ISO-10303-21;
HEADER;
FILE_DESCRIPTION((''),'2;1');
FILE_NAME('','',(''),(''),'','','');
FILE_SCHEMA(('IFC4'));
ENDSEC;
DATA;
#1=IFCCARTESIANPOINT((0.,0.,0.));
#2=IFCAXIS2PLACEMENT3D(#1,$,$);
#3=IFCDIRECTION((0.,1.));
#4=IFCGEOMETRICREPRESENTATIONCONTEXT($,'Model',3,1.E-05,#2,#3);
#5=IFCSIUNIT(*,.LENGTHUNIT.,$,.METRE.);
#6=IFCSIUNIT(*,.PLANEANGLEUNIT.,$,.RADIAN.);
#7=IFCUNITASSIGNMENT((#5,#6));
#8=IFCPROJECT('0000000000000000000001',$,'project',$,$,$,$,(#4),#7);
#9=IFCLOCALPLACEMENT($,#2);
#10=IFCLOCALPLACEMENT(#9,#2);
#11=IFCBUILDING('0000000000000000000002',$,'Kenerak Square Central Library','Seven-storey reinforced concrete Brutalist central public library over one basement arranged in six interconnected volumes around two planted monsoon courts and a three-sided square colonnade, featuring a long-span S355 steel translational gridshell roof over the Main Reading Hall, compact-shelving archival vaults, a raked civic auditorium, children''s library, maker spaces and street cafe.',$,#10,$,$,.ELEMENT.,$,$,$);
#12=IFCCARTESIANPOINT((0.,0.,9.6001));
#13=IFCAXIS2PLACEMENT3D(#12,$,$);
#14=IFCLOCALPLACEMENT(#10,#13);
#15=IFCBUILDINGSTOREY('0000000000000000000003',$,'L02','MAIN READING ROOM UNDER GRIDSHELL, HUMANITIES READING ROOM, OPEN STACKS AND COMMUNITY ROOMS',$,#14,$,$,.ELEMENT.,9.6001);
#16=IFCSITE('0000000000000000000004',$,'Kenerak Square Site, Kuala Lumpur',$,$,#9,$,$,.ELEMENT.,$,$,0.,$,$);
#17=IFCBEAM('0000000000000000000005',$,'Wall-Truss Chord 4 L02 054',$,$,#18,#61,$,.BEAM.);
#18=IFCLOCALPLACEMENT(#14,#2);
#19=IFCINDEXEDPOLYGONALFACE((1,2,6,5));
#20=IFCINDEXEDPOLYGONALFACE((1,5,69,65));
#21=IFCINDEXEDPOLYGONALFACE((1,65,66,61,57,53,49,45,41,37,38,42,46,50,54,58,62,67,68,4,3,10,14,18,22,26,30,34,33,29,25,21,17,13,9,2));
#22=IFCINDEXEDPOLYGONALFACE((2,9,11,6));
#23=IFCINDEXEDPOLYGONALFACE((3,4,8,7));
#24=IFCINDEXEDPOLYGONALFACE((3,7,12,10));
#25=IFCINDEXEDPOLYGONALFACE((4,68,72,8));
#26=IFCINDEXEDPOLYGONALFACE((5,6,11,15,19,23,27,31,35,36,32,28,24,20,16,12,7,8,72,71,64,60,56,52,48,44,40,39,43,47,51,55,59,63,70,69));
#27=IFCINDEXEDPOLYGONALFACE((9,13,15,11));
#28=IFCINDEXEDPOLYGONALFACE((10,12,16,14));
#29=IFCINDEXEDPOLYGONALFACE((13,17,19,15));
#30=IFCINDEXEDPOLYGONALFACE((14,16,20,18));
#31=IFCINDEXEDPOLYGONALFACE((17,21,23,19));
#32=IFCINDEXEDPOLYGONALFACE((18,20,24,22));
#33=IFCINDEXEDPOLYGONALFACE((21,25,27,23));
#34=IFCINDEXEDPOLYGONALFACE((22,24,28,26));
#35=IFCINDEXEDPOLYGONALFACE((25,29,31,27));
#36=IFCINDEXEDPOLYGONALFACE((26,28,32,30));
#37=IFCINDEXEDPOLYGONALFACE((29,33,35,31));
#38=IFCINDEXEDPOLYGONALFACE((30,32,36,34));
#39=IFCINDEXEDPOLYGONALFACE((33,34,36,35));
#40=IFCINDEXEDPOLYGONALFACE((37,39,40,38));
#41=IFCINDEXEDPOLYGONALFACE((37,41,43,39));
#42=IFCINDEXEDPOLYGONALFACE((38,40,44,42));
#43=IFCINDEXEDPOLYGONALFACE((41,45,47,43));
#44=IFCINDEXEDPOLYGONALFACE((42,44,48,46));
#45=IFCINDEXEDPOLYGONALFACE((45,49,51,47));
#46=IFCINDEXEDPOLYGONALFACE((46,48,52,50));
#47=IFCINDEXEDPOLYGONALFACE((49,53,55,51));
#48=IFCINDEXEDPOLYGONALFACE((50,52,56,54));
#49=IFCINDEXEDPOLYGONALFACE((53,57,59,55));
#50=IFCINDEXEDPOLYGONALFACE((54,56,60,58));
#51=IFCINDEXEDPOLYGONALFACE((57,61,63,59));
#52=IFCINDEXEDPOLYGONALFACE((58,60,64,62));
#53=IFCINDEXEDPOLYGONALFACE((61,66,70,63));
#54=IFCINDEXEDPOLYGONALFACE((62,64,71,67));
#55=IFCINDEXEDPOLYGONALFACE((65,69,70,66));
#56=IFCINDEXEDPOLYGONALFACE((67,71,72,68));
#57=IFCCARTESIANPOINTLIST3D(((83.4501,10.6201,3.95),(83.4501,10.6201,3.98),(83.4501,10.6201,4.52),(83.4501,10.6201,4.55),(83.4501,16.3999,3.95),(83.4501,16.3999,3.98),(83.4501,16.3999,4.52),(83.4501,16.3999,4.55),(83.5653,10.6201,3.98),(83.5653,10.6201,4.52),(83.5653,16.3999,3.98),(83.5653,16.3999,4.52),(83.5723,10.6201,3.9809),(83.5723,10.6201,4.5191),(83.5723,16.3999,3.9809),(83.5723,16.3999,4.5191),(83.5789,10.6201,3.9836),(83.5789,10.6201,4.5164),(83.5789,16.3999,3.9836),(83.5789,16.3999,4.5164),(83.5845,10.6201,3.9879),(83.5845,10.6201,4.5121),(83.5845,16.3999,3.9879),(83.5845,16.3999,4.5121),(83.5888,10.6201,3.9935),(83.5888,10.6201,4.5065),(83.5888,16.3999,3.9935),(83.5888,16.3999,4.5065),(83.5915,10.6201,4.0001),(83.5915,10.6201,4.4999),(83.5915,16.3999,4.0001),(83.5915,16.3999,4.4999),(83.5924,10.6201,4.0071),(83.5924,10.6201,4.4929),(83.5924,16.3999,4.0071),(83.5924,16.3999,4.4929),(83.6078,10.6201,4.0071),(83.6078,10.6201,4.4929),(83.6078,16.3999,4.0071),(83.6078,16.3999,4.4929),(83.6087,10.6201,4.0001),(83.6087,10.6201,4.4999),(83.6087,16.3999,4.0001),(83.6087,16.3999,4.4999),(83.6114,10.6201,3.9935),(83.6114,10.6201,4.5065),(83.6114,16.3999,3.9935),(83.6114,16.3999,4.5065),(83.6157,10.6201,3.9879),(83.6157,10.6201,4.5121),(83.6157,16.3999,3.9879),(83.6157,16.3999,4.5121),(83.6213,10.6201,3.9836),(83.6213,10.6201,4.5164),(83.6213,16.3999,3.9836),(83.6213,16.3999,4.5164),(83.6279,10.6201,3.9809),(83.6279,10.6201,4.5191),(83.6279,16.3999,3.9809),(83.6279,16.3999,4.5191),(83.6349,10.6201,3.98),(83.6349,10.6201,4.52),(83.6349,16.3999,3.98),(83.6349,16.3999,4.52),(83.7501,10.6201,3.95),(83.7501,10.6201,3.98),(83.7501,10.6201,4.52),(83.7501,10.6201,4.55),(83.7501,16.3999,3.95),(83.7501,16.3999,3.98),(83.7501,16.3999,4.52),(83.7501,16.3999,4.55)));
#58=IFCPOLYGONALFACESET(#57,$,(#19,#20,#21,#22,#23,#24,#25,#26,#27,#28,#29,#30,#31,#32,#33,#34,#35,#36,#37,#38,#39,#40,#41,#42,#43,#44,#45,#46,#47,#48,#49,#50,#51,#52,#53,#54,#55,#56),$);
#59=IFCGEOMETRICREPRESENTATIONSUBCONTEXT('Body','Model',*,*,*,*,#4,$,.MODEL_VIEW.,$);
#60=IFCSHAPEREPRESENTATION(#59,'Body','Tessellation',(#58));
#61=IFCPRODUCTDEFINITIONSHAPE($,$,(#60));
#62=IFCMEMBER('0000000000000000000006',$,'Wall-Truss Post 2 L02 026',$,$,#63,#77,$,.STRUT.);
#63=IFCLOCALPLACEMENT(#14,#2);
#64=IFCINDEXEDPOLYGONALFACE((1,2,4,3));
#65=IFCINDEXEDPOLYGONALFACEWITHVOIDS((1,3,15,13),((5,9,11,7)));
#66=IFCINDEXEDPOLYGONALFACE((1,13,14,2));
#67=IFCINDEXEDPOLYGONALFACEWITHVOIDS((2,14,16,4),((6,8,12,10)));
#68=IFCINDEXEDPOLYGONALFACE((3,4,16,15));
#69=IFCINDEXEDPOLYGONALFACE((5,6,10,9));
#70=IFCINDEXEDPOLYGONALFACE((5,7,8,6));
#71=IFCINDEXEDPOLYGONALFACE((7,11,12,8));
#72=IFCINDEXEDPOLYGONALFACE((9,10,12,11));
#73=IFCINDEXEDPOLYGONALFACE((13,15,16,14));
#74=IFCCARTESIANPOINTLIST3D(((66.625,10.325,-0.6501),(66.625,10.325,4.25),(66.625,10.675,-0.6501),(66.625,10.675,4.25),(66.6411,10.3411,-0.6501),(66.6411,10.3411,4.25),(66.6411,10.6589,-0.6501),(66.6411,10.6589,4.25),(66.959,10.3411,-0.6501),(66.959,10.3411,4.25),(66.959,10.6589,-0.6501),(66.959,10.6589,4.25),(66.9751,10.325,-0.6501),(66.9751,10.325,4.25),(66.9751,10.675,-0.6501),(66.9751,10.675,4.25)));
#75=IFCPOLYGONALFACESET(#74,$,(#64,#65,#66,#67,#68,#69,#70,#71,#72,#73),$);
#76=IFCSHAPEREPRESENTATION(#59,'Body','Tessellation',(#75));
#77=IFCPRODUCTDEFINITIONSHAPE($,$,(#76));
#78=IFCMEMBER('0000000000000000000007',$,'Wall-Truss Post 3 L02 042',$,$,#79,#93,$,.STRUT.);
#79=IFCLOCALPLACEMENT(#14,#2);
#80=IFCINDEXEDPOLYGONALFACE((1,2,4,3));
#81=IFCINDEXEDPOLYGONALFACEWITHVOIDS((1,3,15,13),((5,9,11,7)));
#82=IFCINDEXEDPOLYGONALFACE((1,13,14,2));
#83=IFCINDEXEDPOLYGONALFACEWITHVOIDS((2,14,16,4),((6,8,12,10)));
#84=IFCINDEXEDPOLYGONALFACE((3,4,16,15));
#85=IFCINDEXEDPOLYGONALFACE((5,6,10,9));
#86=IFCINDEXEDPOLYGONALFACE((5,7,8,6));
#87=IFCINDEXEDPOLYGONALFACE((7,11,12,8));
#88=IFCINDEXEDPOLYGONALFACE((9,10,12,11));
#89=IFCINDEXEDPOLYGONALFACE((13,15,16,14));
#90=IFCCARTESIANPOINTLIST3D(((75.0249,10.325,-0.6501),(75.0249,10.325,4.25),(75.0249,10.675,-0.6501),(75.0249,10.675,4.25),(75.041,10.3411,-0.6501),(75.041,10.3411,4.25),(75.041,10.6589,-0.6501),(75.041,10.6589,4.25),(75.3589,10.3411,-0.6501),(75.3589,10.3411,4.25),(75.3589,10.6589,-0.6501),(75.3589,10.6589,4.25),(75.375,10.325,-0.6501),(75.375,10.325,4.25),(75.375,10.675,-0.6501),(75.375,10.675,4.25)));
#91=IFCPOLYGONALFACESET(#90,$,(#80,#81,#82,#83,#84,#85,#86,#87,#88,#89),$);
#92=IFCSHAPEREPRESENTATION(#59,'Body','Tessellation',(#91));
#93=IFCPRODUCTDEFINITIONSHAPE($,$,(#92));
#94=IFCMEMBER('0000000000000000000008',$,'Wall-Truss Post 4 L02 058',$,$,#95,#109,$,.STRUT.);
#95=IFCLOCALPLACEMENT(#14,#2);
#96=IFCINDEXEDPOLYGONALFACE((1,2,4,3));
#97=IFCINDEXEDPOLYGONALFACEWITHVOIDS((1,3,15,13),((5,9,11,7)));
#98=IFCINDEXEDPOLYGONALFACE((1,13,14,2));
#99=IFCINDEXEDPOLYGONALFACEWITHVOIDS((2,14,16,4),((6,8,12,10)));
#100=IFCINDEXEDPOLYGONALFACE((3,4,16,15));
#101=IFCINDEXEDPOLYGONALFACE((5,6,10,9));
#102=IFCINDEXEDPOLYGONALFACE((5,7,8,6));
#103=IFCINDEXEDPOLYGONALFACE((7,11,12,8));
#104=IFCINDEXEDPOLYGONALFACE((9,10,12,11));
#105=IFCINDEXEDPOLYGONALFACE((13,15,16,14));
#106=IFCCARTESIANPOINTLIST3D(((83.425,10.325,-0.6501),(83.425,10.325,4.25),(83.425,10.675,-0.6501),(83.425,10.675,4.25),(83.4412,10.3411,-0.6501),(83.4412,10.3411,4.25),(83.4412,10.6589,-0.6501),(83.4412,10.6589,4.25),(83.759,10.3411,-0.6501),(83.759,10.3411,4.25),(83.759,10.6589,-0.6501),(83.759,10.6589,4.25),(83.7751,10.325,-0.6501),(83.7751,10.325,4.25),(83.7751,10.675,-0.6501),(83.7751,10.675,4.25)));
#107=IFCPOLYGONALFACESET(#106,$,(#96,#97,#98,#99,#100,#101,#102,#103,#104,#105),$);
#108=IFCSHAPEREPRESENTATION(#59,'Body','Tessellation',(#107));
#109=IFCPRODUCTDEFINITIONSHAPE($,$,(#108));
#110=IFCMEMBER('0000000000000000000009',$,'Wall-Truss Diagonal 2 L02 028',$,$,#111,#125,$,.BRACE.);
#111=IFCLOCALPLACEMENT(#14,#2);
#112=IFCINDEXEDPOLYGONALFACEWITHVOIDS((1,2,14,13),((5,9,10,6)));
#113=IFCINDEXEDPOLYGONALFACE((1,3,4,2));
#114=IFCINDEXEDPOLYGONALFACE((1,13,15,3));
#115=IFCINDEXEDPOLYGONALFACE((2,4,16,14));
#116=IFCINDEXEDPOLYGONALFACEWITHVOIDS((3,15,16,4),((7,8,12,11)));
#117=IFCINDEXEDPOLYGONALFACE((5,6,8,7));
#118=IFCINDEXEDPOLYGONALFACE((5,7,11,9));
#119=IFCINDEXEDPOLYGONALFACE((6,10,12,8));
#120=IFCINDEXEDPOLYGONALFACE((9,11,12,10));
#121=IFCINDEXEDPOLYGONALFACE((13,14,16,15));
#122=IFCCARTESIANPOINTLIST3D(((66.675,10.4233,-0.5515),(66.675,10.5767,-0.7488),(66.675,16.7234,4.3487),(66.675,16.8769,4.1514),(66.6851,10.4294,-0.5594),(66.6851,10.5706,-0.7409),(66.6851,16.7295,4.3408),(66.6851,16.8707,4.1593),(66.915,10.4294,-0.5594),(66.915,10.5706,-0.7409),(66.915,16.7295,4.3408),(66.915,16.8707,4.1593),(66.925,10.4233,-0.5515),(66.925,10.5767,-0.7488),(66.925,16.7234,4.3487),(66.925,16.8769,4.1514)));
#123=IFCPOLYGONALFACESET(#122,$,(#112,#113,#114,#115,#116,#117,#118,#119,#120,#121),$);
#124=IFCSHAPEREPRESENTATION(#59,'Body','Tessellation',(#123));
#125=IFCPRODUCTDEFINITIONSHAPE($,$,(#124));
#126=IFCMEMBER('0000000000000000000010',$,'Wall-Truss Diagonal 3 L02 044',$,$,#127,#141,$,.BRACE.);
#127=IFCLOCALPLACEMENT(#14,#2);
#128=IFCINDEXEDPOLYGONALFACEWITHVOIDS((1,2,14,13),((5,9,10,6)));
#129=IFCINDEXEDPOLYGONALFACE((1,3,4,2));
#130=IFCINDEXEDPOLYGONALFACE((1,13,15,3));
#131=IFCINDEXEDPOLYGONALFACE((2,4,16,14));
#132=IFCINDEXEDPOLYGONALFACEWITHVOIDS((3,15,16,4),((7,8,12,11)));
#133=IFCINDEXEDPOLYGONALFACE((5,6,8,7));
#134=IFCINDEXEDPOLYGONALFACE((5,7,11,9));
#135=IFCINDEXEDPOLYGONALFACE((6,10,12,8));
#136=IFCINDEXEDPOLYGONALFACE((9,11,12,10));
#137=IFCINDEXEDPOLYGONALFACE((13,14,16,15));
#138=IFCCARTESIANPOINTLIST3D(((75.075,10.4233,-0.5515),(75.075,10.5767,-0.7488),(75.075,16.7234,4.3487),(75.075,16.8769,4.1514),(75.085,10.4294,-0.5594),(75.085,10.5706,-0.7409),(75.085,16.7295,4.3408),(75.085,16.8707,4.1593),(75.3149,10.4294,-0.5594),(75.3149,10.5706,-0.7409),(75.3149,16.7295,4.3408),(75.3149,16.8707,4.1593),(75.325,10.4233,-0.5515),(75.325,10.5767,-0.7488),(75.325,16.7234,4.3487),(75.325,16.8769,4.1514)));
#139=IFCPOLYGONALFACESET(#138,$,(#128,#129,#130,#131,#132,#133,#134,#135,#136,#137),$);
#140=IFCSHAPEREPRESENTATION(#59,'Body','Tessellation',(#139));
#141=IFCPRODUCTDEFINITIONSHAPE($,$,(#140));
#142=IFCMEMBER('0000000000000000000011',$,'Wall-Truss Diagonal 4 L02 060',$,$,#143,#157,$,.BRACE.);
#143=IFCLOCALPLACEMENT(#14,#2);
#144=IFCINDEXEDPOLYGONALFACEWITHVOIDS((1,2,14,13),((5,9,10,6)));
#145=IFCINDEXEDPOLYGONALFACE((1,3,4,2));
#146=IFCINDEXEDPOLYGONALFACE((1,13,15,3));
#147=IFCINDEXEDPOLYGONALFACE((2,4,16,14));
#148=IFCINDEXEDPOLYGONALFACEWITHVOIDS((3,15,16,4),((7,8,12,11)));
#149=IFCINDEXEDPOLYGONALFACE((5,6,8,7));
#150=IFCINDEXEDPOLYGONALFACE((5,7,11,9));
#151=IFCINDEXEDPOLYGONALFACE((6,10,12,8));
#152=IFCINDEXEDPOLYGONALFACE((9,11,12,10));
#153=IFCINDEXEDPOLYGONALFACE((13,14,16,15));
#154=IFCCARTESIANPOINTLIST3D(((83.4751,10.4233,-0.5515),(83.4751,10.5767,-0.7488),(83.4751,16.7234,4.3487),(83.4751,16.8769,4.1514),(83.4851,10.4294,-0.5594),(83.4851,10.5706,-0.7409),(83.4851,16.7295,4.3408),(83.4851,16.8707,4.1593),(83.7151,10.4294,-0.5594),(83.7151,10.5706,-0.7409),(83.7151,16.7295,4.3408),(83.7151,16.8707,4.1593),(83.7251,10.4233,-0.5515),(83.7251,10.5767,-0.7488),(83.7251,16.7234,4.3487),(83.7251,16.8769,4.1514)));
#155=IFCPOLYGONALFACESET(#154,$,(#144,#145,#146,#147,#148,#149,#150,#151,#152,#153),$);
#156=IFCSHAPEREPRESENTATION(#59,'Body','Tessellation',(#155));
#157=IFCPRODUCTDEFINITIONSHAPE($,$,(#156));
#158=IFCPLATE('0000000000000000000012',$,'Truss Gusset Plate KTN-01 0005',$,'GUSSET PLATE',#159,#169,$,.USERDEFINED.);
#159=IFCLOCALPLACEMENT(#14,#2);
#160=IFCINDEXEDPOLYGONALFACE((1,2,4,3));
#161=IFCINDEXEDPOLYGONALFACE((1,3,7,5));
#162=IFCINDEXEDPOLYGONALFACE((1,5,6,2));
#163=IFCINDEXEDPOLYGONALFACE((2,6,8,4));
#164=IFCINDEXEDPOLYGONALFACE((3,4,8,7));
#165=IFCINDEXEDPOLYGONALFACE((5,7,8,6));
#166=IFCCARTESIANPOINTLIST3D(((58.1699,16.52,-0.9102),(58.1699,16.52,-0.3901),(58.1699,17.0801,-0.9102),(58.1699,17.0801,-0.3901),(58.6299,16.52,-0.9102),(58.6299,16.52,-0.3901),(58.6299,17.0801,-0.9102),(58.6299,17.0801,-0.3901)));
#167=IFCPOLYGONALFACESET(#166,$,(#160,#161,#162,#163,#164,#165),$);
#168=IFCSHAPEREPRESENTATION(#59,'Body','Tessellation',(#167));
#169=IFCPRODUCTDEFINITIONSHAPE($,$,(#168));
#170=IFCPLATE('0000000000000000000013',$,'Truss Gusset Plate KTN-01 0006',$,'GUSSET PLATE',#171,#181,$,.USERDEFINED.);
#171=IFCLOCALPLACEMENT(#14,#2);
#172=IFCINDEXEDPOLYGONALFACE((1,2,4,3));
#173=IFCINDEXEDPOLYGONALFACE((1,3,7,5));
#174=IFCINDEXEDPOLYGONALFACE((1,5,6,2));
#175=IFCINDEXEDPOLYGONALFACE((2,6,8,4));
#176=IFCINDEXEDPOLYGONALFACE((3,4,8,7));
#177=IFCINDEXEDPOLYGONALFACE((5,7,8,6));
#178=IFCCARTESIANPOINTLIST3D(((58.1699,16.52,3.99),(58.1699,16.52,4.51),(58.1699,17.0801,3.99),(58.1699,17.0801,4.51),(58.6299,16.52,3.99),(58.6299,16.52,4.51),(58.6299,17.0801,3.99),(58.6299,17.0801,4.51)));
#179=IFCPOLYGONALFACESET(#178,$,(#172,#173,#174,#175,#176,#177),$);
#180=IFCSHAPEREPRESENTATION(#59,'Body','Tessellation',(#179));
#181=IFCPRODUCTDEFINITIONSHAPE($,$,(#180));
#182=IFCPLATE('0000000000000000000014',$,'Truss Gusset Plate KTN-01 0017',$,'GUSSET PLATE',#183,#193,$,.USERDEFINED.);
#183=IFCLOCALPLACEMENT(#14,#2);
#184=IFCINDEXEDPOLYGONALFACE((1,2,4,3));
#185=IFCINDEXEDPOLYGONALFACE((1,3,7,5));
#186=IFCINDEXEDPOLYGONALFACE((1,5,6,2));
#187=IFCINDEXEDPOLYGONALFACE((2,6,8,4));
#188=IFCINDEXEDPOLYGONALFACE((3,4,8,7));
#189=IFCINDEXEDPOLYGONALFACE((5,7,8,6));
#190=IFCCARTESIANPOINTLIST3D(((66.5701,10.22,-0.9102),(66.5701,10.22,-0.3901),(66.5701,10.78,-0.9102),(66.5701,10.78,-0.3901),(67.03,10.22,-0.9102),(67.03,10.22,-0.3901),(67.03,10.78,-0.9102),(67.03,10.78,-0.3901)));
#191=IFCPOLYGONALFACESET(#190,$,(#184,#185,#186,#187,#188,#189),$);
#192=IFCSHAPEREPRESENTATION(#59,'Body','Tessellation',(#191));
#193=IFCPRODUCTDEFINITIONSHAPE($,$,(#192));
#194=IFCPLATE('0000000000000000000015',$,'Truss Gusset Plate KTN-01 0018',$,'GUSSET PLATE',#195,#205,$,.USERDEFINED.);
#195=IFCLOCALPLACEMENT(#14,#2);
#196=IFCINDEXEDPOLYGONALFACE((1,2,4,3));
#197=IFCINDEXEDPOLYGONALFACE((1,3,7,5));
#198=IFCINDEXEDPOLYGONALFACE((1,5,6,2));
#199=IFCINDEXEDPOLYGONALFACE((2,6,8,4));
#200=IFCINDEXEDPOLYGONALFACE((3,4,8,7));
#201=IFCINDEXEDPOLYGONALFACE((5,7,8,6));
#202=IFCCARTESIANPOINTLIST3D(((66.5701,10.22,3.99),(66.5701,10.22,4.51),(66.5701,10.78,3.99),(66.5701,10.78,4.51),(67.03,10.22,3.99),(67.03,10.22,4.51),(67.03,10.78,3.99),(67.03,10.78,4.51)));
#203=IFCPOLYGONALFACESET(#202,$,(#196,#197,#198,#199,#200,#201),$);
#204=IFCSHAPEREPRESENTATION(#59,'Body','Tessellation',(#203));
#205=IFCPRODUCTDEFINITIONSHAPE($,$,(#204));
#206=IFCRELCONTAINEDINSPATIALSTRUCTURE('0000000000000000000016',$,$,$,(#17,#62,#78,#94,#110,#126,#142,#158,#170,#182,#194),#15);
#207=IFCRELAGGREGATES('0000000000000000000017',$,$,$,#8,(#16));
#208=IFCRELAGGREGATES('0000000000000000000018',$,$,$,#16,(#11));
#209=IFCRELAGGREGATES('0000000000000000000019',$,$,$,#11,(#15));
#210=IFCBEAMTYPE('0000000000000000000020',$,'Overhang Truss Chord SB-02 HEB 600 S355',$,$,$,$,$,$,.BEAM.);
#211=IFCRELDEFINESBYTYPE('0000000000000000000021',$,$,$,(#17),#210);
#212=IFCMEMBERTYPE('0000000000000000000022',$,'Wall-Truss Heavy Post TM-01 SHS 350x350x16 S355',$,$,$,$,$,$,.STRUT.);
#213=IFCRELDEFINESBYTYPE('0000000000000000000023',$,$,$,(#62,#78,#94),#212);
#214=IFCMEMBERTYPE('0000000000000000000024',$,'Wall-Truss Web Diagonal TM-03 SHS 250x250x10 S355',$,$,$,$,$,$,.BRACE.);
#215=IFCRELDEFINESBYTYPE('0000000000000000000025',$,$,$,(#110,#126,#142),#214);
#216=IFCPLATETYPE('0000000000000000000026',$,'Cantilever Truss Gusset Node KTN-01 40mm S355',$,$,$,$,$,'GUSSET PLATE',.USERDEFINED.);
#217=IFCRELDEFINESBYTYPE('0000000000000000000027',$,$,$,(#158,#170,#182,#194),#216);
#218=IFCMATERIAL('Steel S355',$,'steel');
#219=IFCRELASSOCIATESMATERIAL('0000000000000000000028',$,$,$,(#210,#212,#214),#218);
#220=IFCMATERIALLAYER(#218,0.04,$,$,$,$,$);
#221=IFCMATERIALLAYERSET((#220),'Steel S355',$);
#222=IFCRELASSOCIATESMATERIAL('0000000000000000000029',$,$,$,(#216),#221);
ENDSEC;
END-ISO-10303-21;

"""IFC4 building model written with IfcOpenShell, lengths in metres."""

from ifc_helpers import new_model, si_unit, direction, frame, origin, origin_2d, place, context, subcontext, project, spatial, rectangle, hollow_rectangle, i_section, extrude, material, layer, layer_set, material_profile, profile_set, type_object, element, save


model = new_model("IFC4")

# Units and contexts
model_context = context("Model", 3, precision=1e-05, world=origin(), true_north=direction((0.0, 1.0)))
body_context = subcontext(model_context, "Body", "Model", "MODEL_VIEW")
ifc_project = project(units=[si_unit("LENGTHUNIT", "METRE"), si_unit("PLANEANGLEUNIT", "RADIAN")], contexts=[model_context])

# Site, building, storey
site_placement = place(None, origin())
site = spatial("IfcSite", under=ifc_project, at=site_placement, Name="Kenerak Square Site, Kuala Lumpur", CompositionType="ELEMENT", RefElevation=0.0)
building_placement = place(site_placement, origin())
building = spatial("IfcBuilding", under=site, at=building_placement, Name="Kenerak Square Central Library", Description="Seven-storey reinforced concrete Brutalist central public library over one basement arranged in six interconnected volumes around two planted monsoon courts and a three-sided square colonnade, featuring a long-span S355 steel translational gridshell roof over the Main Reading Hall, compact-shelving archival vaults, a raked civic auditorium, children's library, maker spaces and street cafe.", CompositionType="ELEMENT")
storey_placement = place(building_placement, frame((0.0, 0.0, 9.6001)))
storey = spatial("IfcBuildingStorey", under=building, at=storey_placement, Name="L02", Description="MAIN READING ROOM UNDER GRIDSHELL, HUMANITIES READING ROOM, OPEN STACKS AND COMMUNITY ROOMS", CompositionType="ELEMENT", Elevation=9.6001)

# Beam
ifc_material_1 = material(Name="Steel S355", Category="steel")
ifc_material_profile_1 = material_profile(ifc_material_1, i_section(OverallWidth=0.3, OverallDepth=0.6001, WebThickness=0.0154, FlangeThickness=0.03, FilletRadius=0.0271, at=origin_2d()), Name="HEB 600")
ifc_profile_set_1 = profile_set([ifc_material_profile_1], Name="Steel S355")
beam_type_1 = type_object("IfcBeamType", Name="Overhang Truss Chord SB-02 HEB 600 S355", PredefinedType="BEAM", material=ifc_profile_set_1)
for number, where, z_axis, x_axis, name in (
    (1, (83.6001, 10.6201, 4.25), (0.0, 1.0, 0.0), (-1.0, 0.0, 0.0), "Wall-Truss Chord 4 L02 054"),
):
    element("IfcBeam", number, at=place(storey_placement, frame(where, z_axis=z_axis, x_axis=x_axis)), inside=storey, type_object=beam_type_1, Name=name, PredefinedType="BEAM", context=body_context, shape_type="SweptSolid", body=[
        extrude(i_section(OverallWidth=0.3, OverallDepth=0.6001, WebThickness=0.0154, FlangeThickness=0.03, FilletRadius=0.0271, at=origin_2d()), origin(), (0.0, 0.0, 1.0), 5.7798),
    ])

# Members
ifc_material_profile_2 = material_profile(ifc_material_1, hollow_rectangle(XDim=0.3501, YDim=0.3501, WallThickness=0.0161, at=origin_2d()), Name="SHS 350x350x16.0")
ifc_profile_set_2 = profile_set([ifc_material_profile_2], Name="Steel S355")
member_type_1 = type_object("IfcMemberType", Name="Wall-Truss Heavy Post TM-01 SHS 350x350x16 S355", PredefinedType="STRUT", material=ifc_profile_set_2)
for number, where, z_axis, x_axis, name in (
    (2, (66.8, 10.5, -0.6501), (0.0, 0.0, 1.0), (1.0, 0.0, 0.0), "Wall-Truss Post 2 L02 026"),
    (3, (75.2, 10.5, -0.6501), (0.0, 0.0, 1.0), (1.0, 0.0, 0.0), "Wall-Truss Post 3 L02 042"),
    (4, (83.6001, 10.5, -0.6501), (0.0, 0.0, 1.0), (1.0, 0.0, 0.0), "Wall-Truss Post 4 L02 058"),
):
    element("IfcMember", number, at=place(storey_placement, frame(where, z_axis=z_axis, x_axis=x_axis)), inside=storey, type_object=member_type_1, Name=name, PredefinedType="STRUT", context=body_context, shape_type="SweptSolid", body=[
        extrude(hollow_rectangle(XDim=0.3501, YDim=0.3501, WallThickness=0.0161, at=origin_2d()), origin(), (0.0, 0.0, 1.0), 4.9001),
    ])
ifc_material_profile_3 = material_profile(ifc_material_1, hollow_rectangle(XDim=0.25, YDim=0.25, WallThickness=0.01, at=origin_2d()), Name="SHS 250x250x10.0")
ifc_profile_set_3 = profile_set([ifc_material_profile_3], Name="Steel S355")
member_type_2 = type_object("IfcMemberType", Name="Wall-Truss Web Diagonal TM-03 SHS 250x250x10 S355", PredefinedType="BRACE", material=ifc_profile_set_3)
for number, where, z_axis, x_axis, name in (
    (5, (66.8, 10.5, -0.6501), (0.0, 0.789346, 0.613949), (-1.0, 0.0, 0.0), "Wall-Truss Diagonal 2 L02 028"),
    (6, (75.2, 10.5, -0.6501), (0.0, 0.789346, 0.613949), (-1.0, 0.0, 0.0), "Wall-Truss Diagonal 3 L02 044"),
    (7, (83.6001, 10.5, -0.6501), (0.0, 0.789346, 0.613949), (-1.0, 0.0, 0.0), "Wall-Truss Diagonal 4 L02 060"),
):
    element("IfcMember", number, at=place(storey_placement, frame(where, z_axis=z_axis, x_axis=x_axis)), inside=storey, type_object=member_type_2, Name=name, PredefinedType="BRACE", context=body_context, shape_type="SweptSolid", body=[
        extrude(hollow_rectangle(XDim=0.25, YDim=0.25, WallThickness=0.01, at=origin_2d()), origin(), (0.0, 0.0, 1.0), 7.9814),
    ])

# Plates
ifc_layer_1 = layer(ifc_material_1, 0.04)
ifc_layer_set_1 = layer_set([ifc_layer_1], Name="Steel S355")
plate_type_1 = type_object("IfcPlateType", Name="Cantilever Truss Gusset Node KTN-01 40mm S355", ElementType="GUSSET PLATE", PredefinedType="USERDEFINED", material=ifc_layer_set_1)
for number, where, z_axis, x_axis, name in (
    (8, (58.3999, 16.8, -0.9102), (0.0, 0.0, 1.0), (1.0, 0.0, 0.0), "Truss Gusset Plate KTN-01 0005"),
    (9, (58.3999, 16.8, 3.99), (0.0, 0.0, 1.0), (1.0, 0.0, 0.0), "Truss Gusset Plate KTN-01 0006"),
    (10, (66.8, 10.5, -0.9102), (0.0, 0.0, 1.0), (1.0, 0.0, 0.0), "Truss Gusset Plate KTN-01 0017"),
    (11, (66.8, 10.5, 3.99), (0.0, 0.0, 1.0), (1.0, 0.0, 0.0), "Truss Gusset Plate KTN-01 0018"),
):
    element("IfcPlate", number, at=place(storey_placement, frame(where, z_axis=z_axis, x_axis=x_axis)), inside=storey, type_object=plate_type_1, Name=name, ObjectType="GUSSET PLATE", PredefinedType="USERDEFINED", context=body_context, shape_type="SweptSolid", body=[
        extrude(rectangle(XDim=0.46, YDim=0.5601, at=origin_2d()), origin(), (0.0, 0.0, 1.0), 0.52),
    ])

save(model, "model.ifc")
